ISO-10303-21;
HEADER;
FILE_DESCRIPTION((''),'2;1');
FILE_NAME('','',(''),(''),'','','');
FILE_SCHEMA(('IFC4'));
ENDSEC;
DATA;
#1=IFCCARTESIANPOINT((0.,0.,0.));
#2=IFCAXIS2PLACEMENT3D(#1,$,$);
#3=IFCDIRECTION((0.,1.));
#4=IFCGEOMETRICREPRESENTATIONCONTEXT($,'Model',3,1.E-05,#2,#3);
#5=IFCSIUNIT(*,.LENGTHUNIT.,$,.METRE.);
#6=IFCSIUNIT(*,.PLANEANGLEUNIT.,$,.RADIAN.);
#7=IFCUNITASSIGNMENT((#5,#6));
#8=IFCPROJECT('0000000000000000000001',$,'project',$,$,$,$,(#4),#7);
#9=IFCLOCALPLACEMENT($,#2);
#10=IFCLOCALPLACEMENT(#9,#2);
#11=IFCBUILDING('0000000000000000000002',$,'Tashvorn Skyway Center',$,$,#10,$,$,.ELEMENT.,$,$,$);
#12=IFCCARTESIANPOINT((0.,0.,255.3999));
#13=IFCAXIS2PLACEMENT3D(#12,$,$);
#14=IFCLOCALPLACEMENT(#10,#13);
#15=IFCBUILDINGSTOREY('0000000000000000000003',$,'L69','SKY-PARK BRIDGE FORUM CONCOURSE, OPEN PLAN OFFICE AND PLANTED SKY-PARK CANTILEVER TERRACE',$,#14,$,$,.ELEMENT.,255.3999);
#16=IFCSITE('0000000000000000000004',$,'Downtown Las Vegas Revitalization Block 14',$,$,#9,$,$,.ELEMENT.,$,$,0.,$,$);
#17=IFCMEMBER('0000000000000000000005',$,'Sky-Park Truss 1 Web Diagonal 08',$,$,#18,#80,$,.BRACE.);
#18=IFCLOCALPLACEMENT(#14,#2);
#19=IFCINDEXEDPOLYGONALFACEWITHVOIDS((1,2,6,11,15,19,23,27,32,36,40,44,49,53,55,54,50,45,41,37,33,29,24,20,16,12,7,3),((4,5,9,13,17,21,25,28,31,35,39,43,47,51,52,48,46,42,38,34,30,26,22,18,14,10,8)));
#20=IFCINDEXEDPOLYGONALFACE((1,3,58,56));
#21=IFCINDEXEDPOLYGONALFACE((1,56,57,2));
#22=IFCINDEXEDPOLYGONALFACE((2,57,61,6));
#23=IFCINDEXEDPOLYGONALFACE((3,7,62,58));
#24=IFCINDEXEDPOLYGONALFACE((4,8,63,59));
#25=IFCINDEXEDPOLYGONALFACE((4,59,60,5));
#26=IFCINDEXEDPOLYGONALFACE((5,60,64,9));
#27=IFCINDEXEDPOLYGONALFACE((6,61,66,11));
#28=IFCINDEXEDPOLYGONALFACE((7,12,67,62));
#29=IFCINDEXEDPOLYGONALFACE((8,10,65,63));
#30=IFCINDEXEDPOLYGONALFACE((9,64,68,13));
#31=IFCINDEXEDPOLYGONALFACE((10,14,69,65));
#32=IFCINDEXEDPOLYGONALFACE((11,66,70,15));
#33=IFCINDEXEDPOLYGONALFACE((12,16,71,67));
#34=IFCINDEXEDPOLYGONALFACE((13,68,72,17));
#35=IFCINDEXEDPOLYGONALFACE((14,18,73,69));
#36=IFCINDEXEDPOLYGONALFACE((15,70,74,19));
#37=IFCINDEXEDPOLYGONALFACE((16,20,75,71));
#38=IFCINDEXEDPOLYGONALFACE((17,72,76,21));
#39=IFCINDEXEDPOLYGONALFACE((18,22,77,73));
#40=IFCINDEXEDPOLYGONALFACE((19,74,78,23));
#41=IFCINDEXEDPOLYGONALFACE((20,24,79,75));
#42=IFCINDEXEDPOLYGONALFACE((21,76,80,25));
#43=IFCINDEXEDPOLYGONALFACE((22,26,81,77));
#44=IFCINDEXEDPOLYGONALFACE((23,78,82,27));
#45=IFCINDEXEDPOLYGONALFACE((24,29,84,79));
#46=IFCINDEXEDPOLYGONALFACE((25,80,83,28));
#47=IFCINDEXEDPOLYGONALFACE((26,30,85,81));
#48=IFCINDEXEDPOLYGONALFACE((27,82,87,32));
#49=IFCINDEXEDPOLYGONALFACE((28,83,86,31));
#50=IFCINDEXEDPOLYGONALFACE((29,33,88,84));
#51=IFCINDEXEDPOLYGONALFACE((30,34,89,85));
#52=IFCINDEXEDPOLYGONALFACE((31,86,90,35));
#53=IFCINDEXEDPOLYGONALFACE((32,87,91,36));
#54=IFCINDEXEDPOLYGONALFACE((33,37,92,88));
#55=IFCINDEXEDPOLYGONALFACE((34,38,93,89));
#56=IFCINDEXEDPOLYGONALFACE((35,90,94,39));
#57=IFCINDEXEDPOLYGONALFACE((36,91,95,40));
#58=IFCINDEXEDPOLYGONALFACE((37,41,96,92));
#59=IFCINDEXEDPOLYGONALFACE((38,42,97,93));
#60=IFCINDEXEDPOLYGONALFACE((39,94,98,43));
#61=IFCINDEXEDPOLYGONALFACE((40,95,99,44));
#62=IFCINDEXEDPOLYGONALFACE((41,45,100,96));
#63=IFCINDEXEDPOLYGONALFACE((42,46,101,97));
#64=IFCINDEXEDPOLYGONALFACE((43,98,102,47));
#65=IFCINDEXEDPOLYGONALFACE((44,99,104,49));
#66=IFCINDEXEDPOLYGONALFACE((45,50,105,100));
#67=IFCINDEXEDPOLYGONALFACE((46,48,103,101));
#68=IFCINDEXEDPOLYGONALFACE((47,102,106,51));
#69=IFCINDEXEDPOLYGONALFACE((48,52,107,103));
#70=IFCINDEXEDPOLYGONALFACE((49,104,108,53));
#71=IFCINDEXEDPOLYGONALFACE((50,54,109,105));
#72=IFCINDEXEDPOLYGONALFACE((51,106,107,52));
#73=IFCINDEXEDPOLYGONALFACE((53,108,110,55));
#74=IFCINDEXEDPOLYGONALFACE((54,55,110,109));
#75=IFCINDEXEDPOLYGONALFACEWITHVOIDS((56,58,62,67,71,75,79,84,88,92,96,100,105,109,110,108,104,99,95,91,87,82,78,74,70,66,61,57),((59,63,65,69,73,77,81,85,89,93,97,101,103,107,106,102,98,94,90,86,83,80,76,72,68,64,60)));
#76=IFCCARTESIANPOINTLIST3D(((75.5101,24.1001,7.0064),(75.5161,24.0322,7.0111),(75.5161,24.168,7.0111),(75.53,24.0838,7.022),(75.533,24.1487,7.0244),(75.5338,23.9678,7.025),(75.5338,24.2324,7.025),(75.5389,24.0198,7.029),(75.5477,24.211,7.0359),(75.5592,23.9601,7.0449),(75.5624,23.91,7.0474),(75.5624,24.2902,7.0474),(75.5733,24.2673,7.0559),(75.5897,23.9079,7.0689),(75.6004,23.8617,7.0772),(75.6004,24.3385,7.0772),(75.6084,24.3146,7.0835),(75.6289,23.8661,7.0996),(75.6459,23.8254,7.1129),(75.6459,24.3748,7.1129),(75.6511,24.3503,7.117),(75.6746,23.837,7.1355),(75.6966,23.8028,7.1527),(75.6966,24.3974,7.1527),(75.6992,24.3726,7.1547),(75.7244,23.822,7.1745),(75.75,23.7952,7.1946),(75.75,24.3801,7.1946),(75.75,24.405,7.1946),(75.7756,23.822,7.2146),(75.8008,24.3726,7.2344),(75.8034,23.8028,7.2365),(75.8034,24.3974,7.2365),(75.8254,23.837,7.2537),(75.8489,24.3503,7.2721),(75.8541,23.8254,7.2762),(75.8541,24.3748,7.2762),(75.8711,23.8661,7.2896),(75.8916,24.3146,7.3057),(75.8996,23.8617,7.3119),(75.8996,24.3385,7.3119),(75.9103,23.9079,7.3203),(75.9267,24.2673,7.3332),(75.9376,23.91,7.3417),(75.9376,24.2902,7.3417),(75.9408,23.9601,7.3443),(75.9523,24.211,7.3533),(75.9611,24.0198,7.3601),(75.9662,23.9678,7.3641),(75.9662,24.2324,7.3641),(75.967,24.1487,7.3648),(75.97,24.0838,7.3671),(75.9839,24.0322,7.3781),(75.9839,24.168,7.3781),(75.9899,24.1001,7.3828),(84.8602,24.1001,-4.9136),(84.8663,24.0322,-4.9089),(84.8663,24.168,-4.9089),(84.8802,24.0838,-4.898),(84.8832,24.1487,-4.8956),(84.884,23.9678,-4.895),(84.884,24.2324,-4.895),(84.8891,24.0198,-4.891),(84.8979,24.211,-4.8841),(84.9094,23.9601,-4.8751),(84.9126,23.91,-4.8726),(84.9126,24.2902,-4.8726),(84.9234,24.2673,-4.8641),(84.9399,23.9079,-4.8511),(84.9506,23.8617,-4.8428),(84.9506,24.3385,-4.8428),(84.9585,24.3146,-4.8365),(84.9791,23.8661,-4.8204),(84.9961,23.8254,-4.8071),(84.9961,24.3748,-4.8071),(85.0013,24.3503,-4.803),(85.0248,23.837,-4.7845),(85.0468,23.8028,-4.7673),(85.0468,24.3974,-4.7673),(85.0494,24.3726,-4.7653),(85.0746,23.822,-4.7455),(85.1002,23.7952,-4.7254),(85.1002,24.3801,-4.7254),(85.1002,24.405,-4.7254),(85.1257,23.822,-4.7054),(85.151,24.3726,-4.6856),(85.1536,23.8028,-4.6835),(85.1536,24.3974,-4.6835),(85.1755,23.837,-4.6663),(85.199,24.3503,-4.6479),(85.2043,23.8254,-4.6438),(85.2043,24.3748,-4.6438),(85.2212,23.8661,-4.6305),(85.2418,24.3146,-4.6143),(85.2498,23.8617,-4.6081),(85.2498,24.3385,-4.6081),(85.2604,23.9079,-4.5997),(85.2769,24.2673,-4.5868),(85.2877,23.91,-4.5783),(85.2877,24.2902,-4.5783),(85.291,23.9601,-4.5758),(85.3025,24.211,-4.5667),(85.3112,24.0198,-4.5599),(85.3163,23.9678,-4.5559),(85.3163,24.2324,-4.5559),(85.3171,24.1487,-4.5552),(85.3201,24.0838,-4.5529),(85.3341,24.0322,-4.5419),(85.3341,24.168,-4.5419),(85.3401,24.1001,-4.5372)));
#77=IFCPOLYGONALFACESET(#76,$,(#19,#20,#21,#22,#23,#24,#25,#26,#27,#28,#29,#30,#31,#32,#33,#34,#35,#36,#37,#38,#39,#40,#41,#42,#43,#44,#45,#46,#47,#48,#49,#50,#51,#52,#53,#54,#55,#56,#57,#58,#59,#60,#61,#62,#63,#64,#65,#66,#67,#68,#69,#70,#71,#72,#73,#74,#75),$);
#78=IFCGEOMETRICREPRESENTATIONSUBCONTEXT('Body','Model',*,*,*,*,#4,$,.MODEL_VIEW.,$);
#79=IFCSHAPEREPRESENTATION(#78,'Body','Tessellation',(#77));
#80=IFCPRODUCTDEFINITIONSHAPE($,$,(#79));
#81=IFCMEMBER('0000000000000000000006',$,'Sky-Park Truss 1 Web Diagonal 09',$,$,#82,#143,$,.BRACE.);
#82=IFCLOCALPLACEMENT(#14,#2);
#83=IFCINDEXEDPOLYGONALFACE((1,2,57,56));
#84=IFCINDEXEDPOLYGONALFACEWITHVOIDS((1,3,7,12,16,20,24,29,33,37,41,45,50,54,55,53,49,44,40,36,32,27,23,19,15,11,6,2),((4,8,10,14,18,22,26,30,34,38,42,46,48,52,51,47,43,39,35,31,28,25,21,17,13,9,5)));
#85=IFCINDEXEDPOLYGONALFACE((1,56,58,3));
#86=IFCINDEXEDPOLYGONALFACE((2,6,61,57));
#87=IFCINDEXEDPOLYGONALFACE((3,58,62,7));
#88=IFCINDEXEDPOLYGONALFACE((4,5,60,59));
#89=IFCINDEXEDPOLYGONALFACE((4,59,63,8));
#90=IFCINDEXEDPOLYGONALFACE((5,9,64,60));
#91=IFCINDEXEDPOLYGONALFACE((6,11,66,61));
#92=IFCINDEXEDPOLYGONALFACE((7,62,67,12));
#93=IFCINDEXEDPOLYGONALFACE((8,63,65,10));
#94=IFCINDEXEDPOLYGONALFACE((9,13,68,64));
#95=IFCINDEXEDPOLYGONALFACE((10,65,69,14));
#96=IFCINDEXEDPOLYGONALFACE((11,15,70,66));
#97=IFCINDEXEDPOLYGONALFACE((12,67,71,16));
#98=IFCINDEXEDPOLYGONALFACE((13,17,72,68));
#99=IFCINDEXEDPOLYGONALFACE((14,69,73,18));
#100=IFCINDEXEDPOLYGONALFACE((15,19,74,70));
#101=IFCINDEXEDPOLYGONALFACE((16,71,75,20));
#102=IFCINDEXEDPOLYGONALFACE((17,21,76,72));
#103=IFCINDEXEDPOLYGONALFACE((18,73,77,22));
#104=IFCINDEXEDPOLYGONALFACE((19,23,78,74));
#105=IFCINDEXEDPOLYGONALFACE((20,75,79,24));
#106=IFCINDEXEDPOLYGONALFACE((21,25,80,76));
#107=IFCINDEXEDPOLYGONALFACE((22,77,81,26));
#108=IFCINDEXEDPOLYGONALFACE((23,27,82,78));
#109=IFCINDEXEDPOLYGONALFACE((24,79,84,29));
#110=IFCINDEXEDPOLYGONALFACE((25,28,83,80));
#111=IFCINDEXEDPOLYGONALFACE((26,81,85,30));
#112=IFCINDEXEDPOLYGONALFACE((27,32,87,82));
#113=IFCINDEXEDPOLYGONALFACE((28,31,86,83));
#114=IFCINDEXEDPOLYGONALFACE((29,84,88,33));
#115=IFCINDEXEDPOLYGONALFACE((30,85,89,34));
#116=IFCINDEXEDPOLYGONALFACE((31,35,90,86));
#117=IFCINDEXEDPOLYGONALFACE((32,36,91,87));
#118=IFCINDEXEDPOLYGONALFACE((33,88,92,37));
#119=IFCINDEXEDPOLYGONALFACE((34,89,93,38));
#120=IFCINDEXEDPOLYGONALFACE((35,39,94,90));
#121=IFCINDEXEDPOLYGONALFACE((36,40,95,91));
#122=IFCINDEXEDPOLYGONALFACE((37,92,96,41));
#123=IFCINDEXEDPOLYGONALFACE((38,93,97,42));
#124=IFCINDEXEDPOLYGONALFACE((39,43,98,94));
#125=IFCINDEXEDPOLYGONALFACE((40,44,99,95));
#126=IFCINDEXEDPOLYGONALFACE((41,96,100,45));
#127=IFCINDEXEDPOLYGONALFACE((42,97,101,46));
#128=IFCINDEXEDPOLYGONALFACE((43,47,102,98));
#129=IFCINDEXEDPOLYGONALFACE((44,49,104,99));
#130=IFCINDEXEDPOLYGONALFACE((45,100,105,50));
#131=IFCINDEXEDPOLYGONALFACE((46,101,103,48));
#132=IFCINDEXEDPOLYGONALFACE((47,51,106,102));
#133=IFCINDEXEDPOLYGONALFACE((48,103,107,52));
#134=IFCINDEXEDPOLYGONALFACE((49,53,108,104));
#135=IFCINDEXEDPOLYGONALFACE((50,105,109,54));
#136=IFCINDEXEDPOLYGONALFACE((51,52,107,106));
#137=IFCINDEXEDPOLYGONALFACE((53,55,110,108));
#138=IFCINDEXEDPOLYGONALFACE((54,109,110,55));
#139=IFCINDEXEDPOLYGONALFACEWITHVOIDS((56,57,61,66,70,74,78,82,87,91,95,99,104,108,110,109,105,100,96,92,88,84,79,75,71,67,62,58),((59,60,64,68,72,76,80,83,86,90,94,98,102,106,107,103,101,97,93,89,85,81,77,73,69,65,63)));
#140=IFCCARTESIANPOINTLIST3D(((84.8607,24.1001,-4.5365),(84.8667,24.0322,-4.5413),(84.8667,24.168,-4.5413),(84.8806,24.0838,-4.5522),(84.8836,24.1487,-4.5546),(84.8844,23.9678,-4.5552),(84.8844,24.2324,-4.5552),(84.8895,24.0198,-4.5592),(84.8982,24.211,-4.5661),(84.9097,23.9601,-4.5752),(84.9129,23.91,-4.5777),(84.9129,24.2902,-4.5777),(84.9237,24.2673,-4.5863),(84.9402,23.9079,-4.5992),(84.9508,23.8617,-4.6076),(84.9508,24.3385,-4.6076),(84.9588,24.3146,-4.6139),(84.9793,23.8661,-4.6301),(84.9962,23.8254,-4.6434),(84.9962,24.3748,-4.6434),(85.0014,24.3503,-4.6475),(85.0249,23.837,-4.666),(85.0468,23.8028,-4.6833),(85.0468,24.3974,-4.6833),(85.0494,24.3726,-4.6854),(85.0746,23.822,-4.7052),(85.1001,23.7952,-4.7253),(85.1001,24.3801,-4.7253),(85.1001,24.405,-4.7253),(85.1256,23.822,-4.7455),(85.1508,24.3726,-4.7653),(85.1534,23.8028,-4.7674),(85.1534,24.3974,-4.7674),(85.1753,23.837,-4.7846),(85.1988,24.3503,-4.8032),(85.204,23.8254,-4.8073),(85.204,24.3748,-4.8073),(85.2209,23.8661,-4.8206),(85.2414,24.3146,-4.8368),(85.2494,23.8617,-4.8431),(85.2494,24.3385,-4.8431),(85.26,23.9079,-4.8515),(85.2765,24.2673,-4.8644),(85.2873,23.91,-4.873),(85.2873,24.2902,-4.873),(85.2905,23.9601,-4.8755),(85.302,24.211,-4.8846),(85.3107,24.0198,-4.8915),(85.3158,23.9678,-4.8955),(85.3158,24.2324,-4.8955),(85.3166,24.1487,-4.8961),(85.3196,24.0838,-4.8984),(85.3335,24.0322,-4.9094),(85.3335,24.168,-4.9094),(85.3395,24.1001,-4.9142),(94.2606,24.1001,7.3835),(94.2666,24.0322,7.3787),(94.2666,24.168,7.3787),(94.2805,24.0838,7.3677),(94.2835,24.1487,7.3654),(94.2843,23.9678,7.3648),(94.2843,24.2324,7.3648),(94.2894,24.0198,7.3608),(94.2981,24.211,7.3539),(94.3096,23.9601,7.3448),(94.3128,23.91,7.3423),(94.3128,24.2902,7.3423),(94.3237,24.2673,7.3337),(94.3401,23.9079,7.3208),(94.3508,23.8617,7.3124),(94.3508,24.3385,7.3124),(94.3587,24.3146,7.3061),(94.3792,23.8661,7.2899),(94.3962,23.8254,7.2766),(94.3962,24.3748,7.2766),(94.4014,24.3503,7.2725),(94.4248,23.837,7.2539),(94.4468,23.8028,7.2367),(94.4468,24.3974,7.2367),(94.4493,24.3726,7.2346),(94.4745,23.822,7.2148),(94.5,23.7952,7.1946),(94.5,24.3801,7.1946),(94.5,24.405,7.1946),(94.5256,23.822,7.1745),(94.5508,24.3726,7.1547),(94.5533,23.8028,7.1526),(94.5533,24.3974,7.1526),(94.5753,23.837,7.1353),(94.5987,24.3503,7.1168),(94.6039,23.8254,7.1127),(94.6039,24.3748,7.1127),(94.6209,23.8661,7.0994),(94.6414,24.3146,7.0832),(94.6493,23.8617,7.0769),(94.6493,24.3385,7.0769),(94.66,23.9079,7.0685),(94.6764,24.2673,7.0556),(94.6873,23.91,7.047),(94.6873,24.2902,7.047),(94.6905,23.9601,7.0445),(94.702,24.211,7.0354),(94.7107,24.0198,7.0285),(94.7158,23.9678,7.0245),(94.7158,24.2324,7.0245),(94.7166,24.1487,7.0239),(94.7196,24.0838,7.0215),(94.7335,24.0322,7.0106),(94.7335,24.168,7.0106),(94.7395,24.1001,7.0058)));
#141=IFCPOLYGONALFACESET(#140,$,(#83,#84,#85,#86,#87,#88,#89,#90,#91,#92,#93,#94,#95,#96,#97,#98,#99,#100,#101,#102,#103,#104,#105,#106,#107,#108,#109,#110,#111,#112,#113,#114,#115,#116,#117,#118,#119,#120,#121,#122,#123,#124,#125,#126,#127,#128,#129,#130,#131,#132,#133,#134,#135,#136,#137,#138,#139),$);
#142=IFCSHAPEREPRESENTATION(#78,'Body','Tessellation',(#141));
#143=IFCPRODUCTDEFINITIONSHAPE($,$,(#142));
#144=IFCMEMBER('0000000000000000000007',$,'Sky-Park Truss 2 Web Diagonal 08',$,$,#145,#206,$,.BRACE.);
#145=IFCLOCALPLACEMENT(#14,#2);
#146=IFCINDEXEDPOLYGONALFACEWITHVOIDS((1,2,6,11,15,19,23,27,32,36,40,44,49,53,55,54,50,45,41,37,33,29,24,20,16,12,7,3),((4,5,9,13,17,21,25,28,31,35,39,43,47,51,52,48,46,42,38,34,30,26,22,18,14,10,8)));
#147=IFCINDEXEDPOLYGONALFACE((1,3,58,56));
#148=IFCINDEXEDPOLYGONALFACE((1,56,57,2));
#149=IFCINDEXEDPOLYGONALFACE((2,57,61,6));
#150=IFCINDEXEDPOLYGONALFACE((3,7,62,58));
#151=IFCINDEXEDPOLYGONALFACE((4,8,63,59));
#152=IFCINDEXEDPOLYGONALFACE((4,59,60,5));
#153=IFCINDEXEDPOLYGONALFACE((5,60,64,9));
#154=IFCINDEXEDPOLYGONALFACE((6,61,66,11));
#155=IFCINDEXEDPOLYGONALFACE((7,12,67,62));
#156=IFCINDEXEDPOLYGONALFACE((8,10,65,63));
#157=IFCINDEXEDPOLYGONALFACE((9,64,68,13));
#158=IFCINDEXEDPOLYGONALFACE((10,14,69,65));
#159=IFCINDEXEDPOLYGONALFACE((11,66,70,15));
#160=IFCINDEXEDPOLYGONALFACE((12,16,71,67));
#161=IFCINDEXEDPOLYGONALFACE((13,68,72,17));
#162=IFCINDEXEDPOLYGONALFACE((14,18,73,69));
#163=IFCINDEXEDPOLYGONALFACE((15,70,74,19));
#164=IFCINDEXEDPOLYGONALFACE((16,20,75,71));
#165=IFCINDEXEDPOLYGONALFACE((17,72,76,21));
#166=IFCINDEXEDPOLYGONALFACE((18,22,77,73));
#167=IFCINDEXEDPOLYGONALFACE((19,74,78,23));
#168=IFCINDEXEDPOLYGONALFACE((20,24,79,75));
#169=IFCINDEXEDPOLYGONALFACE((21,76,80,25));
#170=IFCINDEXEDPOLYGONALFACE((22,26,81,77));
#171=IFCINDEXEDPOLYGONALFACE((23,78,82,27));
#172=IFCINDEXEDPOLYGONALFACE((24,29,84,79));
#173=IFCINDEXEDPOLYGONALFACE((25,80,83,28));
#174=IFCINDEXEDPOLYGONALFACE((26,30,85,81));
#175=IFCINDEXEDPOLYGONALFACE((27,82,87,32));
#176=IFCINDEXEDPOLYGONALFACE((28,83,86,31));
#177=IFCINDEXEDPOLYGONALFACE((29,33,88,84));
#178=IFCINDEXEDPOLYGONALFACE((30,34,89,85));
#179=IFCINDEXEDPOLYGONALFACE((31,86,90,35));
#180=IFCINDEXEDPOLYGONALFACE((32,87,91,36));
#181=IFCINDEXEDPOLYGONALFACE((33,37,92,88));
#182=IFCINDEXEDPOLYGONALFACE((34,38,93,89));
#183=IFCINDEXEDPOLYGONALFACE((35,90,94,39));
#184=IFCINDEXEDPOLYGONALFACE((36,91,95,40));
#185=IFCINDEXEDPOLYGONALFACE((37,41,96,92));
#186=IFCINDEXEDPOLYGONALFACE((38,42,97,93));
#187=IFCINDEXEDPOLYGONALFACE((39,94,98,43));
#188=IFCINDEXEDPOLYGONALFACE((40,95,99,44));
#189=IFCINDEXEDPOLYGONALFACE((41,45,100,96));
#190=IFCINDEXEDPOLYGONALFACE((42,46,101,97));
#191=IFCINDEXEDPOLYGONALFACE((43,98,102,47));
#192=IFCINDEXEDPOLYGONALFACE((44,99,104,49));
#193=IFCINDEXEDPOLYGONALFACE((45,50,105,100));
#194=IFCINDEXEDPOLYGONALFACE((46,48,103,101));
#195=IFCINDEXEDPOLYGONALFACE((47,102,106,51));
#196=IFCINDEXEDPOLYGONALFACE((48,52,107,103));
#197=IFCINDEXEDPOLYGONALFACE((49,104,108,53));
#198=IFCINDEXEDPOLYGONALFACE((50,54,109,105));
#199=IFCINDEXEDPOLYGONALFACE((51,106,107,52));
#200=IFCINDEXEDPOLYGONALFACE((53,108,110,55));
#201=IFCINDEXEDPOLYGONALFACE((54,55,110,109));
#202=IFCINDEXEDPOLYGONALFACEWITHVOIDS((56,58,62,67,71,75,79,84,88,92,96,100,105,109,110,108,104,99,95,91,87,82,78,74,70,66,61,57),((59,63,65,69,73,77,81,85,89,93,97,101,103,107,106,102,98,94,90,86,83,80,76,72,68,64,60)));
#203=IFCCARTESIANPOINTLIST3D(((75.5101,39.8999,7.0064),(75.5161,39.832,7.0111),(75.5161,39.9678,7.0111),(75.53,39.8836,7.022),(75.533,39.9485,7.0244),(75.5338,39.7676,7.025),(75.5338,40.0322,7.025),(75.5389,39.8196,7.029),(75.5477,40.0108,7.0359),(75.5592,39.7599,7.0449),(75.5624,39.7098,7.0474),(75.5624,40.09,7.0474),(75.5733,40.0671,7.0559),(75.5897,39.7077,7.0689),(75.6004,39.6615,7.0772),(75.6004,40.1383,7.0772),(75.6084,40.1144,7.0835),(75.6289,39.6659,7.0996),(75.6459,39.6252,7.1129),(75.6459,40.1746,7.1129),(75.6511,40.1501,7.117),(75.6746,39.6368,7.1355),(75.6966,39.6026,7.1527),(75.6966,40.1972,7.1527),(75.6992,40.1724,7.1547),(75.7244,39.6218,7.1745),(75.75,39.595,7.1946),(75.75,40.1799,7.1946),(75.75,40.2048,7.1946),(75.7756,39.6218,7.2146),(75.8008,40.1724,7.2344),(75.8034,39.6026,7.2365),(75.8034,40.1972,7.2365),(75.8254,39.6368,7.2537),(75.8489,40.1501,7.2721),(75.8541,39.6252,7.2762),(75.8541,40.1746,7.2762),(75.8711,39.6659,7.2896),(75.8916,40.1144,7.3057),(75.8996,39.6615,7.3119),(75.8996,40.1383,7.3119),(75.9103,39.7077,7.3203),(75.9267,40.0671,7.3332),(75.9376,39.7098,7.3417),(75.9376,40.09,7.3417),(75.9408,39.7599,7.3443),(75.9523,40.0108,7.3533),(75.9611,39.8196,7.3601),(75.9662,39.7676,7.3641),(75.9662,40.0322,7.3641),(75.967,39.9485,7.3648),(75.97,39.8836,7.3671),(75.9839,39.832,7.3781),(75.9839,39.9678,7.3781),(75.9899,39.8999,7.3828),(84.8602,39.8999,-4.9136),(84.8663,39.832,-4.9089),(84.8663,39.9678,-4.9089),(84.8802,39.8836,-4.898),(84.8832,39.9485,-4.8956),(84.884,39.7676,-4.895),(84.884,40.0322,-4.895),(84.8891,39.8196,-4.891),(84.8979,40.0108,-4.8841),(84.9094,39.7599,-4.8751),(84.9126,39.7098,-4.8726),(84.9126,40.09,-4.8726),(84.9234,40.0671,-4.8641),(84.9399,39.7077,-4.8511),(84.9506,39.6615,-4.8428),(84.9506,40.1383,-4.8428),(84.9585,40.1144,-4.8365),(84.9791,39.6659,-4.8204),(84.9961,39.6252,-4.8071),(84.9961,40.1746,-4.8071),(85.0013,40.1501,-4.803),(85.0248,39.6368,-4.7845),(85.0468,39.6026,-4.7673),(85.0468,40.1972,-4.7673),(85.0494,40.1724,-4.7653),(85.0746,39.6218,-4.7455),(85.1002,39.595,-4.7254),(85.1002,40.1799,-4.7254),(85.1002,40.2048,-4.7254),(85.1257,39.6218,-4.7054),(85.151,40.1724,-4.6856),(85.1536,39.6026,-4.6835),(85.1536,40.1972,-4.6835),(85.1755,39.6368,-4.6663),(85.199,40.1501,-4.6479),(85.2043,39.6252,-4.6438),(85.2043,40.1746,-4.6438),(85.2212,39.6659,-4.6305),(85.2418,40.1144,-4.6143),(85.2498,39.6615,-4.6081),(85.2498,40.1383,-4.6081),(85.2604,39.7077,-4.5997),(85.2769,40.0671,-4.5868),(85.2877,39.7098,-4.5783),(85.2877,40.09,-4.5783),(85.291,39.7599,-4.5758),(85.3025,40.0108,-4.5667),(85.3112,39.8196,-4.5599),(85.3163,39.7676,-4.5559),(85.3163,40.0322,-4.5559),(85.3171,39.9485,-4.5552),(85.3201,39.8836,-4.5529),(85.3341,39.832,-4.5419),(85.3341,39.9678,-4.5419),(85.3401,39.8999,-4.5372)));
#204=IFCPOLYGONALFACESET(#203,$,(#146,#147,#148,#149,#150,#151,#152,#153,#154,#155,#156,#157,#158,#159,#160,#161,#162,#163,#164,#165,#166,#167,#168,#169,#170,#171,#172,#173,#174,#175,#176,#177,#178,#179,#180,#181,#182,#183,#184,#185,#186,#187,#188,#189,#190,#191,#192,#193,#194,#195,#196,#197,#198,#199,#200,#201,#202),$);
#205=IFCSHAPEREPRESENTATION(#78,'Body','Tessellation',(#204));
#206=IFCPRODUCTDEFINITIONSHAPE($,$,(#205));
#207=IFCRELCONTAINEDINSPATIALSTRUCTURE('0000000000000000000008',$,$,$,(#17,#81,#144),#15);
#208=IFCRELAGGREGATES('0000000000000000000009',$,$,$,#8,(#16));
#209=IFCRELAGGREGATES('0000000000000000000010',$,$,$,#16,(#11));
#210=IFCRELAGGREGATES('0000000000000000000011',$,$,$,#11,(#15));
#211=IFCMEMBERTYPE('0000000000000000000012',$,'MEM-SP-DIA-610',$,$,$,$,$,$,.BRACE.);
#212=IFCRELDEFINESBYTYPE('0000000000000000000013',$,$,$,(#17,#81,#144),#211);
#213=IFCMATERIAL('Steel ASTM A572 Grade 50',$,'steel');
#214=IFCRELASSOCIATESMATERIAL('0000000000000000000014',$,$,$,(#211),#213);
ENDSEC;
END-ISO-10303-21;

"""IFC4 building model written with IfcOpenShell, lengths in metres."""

from ifc_helpers import new_model, si_unit, direction, frame, origin, origin_2d, place, context, subcontext, project, spatial, hollow_circle, extrude, material, material_profile, profile_set, type_object, element, save


model = new_model("IFC4")

# Units and contexts
model_context = context("Model", 3, precision=1e-05, world=origin(), true_north=direction((0.0, 1.0)))
body_context = subcontext(model_context, "Body", "Model", "MODEL_VIEW")
ifc_project = project(units=[si_unit("LENGTHUNIT", "METRE"), si_unit("PLANEANGLEUNIT", "RADIAN")], contexts=[model_context])

# Site, building, storey
site_placement = place(None, origin())
site = spatial("IfcSite", under=ifc_project, at=site_placement, Name="Downtown Las Vegas Revitalization Block 14", CompositionType="ELEMENT", RefElevation=0.0)
building_placement = place(site_placement, origin())
building = spatial("IfcBuilding", under=site, at=building_placement, Name="Tashvorn Skyway Center", CompositionType="ELEMENT")
storey_placement = place(building_placement, frame((0.0, 0.0, 255.3999)))
storey = spatial("IfcBuildingStorey", under=building, at=storey_placement, Name="L69", Description="SKY-PARK BRIDGE FORUM CONCOURSE, OPEN PLAN OFFICE AND PLANTED SKY-PARK CANTILEVER TERRACE", CompositionType="ELEMENT", Elevation=255.3999)

# Members
ifc_material_1 = material(Name="Steel ASTM A572 Grade 50", Category="steel")
ifc_material_profile_1 = material_profile(ifc_material_1, hollow_circle(Radius=0.3049, WallThickness=0.0249, at=origin_2d()), Name="CHS610x25")
ifc_profile_set_1 = profile_set([ifc_material_profile_1], Name="Steel ASTM A572 Grade 50")
member_type_1 = type_object("IfcMemberType", Name="MEM-SP-DIA-610", PredefinedType="BRACE", material=ifc_profile_set_1)
member_1_placement = place(storey_placement, frame((75.75, 24.1001, 7.1946), z_axis=(0.617186, 0.0, -0.786817), x_axis=(0.0, 1.0, 0.0)))
element("IfcMember", 1, at=member_1_placement, inside=storey, type_object=member_type_1, Name="Sky-Park Truss 1 Web Diagonal 08", PredefinedType="BRACE", context=body_context, shape_type="SweptSolid", body=[
    extrude(hollow_circle(Radius=0.3049, WallThickness=0.0249, at=origin_2d()), origin(), (0.0, 0.0, 1.0), 15.1497),
])
member_2_placement = place(storey_placement, frame((85.1001, 24.1001, -4.7253), z_axis=(0.619216, 0.0, 0.785221), x_axis=(0.0, 1.0, 0.0)))
element("IfcMember", 2, at=member_2_placement, inside=storey, type_object=member_type_1, Name="Sky-Park Truss 1 Web Diagonal 09", PredefinedType="BRACE", context=body_context, shape_type="SweptSolid", body=[
    extrude(hollow_circle(Radius=0.3049, WallThickness=0.0249, at=origin_2d()), origin(), (0.0, 0.0, 1.0), 15.1804),
])
member_3_placement = place(storey_placement, frame((75.75, 39.8999, 7.1946), z_axis=(0.617186, 0.0, -0.786817), x_axis=(0.0, 1.0, 0.0)))
element("IfcMember", 3, at=member_3_placement, inside=storey, type_object=member_type_1, Name="Sky-Park Truss 2 Web Diagonal 08", PredefinedType="BRACE", context=body_context, shape_type="SweptSolid", body=[
    extrude(hollow_circle(Radius=0.3049, WallThickness=0.0249, at=origin_2d()), origin(), (0.0, 0.0, 1.0), 15.1497),
])

save(model, "model.ifc")
